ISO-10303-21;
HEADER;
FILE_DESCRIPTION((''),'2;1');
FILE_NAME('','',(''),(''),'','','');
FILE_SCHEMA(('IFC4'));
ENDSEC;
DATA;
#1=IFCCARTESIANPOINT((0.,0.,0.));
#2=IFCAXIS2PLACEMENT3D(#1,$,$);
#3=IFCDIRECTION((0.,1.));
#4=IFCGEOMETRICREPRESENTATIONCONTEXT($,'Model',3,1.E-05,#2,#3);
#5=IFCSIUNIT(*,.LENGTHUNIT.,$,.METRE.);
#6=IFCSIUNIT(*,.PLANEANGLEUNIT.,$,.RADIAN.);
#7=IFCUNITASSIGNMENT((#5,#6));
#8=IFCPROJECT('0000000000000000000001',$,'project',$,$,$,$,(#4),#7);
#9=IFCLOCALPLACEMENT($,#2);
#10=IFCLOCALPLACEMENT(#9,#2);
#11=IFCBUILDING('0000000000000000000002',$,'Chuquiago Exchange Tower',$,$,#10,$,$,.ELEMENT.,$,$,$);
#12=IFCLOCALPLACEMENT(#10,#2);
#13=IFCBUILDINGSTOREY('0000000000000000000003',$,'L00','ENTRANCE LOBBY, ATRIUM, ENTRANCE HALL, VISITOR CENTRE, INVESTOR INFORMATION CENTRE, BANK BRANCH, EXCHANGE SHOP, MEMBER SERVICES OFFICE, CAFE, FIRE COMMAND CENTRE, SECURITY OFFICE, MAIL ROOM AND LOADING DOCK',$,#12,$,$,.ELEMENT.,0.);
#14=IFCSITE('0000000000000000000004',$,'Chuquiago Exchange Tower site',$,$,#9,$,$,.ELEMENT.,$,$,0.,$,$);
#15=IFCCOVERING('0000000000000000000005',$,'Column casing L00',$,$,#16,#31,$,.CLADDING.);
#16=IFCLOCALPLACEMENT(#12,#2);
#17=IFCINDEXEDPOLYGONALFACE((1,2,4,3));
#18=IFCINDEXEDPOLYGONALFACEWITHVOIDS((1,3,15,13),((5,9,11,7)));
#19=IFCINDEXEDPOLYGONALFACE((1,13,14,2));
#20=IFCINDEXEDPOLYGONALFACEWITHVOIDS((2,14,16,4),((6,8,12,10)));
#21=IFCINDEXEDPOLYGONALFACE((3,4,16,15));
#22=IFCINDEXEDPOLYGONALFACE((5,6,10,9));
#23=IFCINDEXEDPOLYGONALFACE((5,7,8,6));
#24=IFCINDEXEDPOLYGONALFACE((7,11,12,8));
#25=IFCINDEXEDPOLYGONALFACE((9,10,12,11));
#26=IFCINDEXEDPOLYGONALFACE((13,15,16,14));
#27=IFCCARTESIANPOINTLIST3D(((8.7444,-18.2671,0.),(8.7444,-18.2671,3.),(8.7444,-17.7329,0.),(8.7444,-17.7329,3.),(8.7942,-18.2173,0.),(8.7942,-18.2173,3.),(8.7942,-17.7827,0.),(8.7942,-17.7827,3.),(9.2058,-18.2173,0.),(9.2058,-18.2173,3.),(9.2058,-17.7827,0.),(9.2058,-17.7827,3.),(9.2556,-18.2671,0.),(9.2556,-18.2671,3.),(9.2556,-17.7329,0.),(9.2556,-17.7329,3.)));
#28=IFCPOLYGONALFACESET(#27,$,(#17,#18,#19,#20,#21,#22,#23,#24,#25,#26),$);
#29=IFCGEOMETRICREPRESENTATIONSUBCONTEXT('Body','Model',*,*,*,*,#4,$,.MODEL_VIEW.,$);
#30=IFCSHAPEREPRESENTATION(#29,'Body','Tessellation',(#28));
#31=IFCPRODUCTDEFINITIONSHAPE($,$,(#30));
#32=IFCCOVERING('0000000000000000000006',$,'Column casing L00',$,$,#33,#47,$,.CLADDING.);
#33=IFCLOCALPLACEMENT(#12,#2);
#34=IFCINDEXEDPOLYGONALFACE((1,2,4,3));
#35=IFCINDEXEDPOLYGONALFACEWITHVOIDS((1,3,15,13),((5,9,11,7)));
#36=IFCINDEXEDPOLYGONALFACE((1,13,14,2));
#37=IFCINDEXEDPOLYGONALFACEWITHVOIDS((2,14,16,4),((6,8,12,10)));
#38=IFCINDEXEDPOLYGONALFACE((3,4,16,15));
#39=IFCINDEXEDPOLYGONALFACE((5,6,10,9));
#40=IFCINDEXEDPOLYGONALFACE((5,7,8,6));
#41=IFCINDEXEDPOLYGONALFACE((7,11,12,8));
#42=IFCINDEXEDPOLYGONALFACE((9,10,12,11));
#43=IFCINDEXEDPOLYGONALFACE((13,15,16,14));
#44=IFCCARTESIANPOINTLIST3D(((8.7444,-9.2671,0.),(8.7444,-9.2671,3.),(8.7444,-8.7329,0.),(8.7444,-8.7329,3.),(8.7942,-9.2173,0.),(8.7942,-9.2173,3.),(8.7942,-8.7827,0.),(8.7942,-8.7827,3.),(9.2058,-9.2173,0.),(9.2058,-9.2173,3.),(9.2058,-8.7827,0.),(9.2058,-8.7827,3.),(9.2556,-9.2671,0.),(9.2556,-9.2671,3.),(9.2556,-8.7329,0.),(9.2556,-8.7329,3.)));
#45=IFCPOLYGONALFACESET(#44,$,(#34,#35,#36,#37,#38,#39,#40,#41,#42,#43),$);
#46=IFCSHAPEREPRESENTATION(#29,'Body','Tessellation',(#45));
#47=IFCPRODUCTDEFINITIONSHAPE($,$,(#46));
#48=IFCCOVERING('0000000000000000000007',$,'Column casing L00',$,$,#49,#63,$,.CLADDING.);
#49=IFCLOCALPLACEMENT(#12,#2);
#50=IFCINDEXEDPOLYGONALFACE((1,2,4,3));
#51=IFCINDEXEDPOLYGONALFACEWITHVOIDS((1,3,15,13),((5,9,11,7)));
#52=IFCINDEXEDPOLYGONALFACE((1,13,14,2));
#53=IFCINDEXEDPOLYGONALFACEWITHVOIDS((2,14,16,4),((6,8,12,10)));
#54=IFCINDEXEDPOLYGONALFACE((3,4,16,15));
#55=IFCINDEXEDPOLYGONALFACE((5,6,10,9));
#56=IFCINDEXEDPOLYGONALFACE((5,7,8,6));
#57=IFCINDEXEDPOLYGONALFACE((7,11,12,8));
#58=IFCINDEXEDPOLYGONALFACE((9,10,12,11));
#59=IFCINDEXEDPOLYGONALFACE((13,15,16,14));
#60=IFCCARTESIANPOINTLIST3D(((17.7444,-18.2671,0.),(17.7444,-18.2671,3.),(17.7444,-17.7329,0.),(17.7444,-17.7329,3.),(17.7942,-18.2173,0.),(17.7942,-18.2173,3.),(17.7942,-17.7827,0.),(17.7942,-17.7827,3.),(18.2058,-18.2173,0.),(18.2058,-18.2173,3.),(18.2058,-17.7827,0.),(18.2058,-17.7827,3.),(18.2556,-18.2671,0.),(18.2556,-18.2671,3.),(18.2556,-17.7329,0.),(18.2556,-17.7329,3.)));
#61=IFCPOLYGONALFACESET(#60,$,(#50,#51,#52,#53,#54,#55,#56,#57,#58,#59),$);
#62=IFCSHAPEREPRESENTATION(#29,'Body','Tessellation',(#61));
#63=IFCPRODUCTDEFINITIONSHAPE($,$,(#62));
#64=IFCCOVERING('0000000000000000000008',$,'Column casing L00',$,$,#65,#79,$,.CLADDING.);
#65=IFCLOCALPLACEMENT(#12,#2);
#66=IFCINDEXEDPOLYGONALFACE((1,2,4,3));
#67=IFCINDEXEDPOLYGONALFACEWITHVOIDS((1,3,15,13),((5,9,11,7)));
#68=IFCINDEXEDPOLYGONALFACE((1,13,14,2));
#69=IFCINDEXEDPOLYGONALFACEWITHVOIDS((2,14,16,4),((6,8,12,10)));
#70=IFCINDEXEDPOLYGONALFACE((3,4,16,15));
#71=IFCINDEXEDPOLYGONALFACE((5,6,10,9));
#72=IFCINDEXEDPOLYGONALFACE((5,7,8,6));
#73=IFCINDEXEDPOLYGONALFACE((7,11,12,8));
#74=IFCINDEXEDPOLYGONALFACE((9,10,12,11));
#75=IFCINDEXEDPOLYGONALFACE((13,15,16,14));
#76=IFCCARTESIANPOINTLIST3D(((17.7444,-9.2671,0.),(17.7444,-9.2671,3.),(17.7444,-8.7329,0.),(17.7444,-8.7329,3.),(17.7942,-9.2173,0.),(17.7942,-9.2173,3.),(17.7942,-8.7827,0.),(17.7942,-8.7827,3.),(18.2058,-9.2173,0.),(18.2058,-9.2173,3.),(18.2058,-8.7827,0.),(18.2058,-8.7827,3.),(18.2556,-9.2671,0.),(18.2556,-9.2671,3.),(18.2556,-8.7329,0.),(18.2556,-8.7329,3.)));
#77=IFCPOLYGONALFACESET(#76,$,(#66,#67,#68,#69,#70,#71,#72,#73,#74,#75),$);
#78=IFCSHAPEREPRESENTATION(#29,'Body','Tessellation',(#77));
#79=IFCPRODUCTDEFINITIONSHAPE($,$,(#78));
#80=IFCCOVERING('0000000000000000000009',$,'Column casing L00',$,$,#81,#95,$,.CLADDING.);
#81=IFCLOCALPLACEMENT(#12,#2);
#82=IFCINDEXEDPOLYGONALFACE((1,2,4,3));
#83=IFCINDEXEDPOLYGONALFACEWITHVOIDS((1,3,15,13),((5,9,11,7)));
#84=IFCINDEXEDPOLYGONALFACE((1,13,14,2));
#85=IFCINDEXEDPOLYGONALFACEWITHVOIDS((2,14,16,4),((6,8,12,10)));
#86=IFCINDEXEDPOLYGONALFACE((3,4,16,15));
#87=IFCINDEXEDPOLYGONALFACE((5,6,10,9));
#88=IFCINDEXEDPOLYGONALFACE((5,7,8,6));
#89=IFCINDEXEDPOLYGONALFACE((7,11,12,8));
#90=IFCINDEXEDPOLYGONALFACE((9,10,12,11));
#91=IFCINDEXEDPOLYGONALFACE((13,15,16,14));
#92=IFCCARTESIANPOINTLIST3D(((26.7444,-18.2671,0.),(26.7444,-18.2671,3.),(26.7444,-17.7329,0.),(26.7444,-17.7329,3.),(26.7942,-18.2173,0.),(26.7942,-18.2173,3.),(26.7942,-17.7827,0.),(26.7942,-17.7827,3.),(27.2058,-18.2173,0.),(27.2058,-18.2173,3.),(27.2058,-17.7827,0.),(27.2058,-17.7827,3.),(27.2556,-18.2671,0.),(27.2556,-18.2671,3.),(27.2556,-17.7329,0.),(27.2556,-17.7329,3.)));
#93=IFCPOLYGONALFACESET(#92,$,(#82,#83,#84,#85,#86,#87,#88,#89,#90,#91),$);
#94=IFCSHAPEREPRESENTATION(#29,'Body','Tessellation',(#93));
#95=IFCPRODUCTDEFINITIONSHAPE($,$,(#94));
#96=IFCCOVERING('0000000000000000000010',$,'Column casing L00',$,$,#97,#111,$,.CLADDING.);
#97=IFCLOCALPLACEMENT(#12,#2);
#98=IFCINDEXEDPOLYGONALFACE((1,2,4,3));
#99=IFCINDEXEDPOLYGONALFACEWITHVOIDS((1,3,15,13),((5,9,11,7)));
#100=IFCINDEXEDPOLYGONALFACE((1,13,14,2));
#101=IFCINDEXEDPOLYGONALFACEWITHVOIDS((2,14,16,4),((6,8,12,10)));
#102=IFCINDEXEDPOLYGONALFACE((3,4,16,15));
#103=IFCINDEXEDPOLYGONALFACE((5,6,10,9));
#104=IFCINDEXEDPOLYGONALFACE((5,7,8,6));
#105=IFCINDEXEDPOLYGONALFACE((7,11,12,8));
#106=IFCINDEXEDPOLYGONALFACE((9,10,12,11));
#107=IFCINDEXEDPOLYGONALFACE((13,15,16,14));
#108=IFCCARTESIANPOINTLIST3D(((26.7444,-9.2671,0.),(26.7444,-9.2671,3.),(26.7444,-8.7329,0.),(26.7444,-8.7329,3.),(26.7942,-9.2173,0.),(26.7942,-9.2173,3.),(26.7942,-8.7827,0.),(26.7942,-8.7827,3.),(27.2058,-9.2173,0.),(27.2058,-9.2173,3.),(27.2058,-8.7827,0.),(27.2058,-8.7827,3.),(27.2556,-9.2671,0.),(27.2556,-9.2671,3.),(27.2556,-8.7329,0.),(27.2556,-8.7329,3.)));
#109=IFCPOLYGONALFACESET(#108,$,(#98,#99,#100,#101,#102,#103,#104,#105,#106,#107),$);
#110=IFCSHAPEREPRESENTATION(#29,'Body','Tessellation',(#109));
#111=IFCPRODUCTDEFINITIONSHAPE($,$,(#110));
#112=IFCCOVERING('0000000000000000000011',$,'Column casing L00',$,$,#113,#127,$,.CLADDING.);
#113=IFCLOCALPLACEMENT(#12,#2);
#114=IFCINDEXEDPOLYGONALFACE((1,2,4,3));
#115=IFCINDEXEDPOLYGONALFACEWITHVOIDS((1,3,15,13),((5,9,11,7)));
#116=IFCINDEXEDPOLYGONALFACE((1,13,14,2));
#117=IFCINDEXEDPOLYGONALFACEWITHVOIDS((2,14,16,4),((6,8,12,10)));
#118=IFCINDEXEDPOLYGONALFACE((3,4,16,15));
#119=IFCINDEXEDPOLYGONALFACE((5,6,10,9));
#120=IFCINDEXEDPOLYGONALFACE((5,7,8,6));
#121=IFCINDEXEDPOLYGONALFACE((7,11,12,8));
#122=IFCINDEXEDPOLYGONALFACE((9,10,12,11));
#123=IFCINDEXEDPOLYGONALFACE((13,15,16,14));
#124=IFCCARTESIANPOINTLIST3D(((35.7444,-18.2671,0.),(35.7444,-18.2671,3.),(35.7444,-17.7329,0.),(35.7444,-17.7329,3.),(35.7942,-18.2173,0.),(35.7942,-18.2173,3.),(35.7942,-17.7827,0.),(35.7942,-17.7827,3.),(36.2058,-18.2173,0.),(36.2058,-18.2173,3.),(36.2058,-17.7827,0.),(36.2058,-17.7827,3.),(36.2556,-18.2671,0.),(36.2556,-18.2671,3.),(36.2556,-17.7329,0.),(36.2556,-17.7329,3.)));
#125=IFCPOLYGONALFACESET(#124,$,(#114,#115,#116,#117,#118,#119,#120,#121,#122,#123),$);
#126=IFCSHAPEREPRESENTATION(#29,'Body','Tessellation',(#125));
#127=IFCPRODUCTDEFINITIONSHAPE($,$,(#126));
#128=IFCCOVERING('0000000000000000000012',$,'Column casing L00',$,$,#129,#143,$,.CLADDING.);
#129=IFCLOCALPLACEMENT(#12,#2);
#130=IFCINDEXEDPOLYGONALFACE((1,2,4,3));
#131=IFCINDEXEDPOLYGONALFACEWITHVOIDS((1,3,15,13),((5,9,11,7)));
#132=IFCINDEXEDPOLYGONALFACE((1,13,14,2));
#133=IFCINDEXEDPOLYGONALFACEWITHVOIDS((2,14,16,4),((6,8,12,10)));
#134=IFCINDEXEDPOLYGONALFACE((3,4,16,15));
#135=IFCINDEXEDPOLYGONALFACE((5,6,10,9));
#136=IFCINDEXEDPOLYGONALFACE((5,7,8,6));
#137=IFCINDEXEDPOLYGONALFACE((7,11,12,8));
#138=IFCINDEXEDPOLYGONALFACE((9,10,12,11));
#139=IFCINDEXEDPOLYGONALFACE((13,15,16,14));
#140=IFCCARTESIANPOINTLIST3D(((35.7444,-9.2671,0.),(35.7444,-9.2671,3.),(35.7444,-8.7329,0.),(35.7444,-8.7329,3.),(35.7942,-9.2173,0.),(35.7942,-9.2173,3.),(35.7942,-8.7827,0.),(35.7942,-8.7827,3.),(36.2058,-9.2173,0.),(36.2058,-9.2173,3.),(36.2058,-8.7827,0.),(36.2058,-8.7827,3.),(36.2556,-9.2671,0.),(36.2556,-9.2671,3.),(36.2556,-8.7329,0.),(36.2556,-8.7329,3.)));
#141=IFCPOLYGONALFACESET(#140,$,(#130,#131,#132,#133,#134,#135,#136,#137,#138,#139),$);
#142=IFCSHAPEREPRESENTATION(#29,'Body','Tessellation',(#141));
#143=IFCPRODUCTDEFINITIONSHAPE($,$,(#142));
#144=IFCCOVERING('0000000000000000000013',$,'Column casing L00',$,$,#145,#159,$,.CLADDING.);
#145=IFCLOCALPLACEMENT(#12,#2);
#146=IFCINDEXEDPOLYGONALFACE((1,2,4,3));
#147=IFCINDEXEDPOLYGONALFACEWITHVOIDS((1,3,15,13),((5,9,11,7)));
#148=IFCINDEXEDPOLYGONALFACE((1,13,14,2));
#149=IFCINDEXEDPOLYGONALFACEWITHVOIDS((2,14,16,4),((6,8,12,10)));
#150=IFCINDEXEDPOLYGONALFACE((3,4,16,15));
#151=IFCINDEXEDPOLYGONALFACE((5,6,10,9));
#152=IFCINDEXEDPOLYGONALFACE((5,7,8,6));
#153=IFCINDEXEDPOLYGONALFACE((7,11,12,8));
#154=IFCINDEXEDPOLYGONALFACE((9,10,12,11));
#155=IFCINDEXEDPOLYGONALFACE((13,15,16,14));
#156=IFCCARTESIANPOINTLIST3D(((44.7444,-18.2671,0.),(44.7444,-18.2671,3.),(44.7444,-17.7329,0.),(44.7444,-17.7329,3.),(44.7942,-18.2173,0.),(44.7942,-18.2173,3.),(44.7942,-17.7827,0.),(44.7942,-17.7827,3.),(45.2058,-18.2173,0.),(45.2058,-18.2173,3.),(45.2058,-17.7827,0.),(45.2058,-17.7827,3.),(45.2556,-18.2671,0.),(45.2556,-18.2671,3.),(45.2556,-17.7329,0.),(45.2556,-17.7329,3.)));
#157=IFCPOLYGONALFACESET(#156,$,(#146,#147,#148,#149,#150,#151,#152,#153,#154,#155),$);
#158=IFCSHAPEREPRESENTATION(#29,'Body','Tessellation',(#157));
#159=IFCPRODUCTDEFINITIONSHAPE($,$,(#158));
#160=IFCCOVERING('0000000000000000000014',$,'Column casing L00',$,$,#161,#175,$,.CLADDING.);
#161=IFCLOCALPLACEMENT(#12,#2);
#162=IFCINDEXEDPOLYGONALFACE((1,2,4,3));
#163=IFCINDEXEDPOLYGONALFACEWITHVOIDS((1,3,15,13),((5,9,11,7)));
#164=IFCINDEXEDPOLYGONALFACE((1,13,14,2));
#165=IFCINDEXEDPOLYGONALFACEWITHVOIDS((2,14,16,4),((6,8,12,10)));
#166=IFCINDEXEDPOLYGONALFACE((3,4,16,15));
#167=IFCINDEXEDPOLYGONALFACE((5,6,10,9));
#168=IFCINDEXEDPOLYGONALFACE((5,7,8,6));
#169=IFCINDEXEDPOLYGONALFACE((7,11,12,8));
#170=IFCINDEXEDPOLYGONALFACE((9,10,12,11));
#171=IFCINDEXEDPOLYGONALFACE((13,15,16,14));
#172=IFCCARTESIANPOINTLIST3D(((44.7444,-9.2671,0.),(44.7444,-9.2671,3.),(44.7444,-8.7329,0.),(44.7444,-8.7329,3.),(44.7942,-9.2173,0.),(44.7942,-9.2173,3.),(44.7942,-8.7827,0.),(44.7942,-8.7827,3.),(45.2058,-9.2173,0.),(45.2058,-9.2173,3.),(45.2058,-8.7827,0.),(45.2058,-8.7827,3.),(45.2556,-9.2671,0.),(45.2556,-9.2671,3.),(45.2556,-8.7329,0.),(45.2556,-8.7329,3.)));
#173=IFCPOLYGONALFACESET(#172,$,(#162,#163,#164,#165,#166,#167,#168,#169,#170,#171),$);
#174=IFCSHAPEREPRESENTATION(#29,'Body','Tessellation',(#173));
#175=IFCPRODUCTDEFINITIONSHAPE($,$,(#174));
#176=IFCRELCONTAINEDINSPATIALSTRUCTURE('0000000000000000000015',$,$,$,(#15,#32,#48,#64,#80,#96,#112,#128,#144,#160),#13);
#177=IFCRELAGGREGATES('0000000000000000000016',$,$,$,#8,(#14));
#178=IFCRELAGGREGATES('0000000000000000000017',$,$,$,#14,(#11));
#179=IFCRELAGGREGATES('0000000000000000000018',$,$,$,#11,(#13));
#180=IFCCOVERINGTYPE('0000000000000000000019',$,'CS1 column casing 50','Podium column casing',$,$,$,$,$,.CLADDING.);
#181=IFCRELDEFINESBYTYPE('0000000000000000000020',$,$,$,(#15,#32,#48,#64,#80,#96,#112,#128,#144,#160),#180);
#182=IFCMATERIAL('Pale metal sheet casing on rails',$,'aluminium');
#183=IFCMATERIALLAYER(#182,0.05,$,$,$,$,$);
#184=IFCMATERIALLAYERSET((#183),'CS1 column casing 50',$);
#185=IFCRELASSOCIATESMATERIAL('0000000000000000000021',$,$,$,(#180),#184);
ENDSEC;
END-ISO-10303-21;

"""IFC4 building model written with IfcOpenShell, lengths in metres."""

from ifc_helpers import new_model, si_unit, direction, origin, place, context, subcontext, project, spatial, polyline, outline, extrude, material, layer, layer_set, type_object, element, save


model = new_model("IFC4")

# Units and contexts
model_context = context("Model", 3, precision=1e-05, world=origin(), true_north=direction((0.0, 1.0)))
body_context = subcontext(model_context, "Body", "Model", "MODEL_VIEW")
ifc_project = project(units=[si_unit("LENGTHUNIT", "METRE"), si_unit("PLANEANGLEUNIT", "RADIAN")], contexts=[model_context])

# Site, building, storey
site_placement = place(None, origin())
site = spatial("IfcSite", under=ifc_project, at=site_placement, Name="Chuquiago Exchange Tower site", CompositionType="ELEMENT", RefElevation=0.0)
building_placement = place(site_placement, origin())
building = spatial("IfcBuilding", under=site, at=building_placement, Name="Chuquiago Exchange Tower", CompositionType="ELEMENT")
storey_placement = place(building_placement, origin())
storey = spatial("IfcBuildingStorey", under=building, at=storey_placement, Name="L00", Description="ENTRANCE LOBBY, ATRIUM, ENTRANCE HALL, VISITOR CENTRE, INVESTOR INFORMATION CENTRE, BANK BRANCH, EXCHANGE SHOP, MEMBER SERVICES OFFICE, CAFE, FIRE COMMAND CENTRE, SECURITY OFFICE, MAIL ROOM AND LOADING DOCK", CompositionType="ELEMENT", Elevation=0.0)

# Coverings
ifc_material_1 = material(Name="Pale metal sheet casing on rails", Category="aluminium")
ifc_layer_1 = layer(ifc_material_1, 0.05)
ifc_layer_set_1 = layer_set([ifc_layer_1], Name="CS1 column casing 50")
covering_type = type_object("IfcCoveringType", Name="CS1 column casing 50", Description="Podium column casing", PredefinedType="CLADDING", material=ifc_layer_set_1)
covering_1_placement = place(storey_placement, origin())
element("IfcCovering", 1, at=covering_1_placement, inside=storey, type_object=covering_type, Name="Column casing L00", PredefinedType="CLADDING", context=body_context, shape_type="SweptSolid", body=[
    extrude(outline(polyline([(8.7444, -18.2671), (9.2556, -18.2671), (9.2556, -17.7329), (8.7444, -17.7329), (8.7444, -18.2671)]), holes=[polyline([(8.7942, -18.2173), (8.7942, -17.7827), (9.2058, -17.7827), (9.2058, -18.2173), (8.7942, -18.2173)])]), origin(), (0.0, 0.0, 1.0), 3.0),
])
covering_2_placement = place(storey_placement, origin())
element("IfcCovering", 2, at=covering_2_placement, inside=storey, type_object=covering_type, Name="Column casing L00", PredefinedType="CLADDING", context=body_context, shape_type="SweptSolid", body=[
    extrude(outline(polyline([(8.7444, -9.2671), (9.2556, -9.2671), (9.2556, -8.7329), (8.7444, -8.7329), (8.7444, -9.2671)]), holes=[polyline([(8.7942, -9.2173), (8.7942, -8.7827), (9.2058, -8.7827), (9.2058, -9.2173), (8.7942, -9.2173)])]), origin(), (0.0, 0.0, 1.0), 3.0),
])
covering_3_placement = place(storey_placement, origin())
element("IfcCovering", 3, at=covering_3_placement, inside=storey, type_object=covering_type, Name="Column casing L00", PredefinedType="CLADDING", context=body_context, shape_type="SweptSolid", body=[
    extrude(outline(polyline([(17.7444, -18.2671), (18.2556, -18.2671), (18.2556, -17.7329), (17.7444, -17.7329), (17.7444, -18.2671)]), holes=[polyline([(17.7942, -18.2173), (17.7942, -17.7827), (18.2058, -17.7827), (18.2058, -18.2173), (17.7942, -18.2173)])]), origin(), (0.0, 0.0, 1.0), 3.0),
])
covering_4_placement = place(storey_placement, origin())
element("IfcCovering", 4, at=covering_4_placement, inside=storey, type_object=covering_type, Name="Column casing L00", PredefinedType="CLADDING", context=body_context, shape_type="SweptSolid", body=[
    extrude(outline(polyline([(17.7444, -9.2671), (18.2556, -9.2671), (18.2556, -8.7329), (17.7444, -8.7329), (17.7444, -9.2671)]), holes=[polyline([(17.7942, -9.2173), (17.7942, -8.7827), (18.2058, -8.7827), (18.2058, -9.2173), (17.7942, -9.2173)])]), origin(), (0.0, 0.0, 1.0), 3.0),
])
covering_5_placement = place(storey_placement, origin())
element("IfcCovering", 5, at=covering_5_placement, inside=storey, type_object=covering_type, Name="Column casing L00", PredefinedType="CLADDING", context=body_context, shape_type="SweptSolid", body=[
    extrude(outline(polyline([(26.7444, -18.2671), (27.2556, -18.2671), (27.2556, -17.7329), (26.7444, -17.7329), (26.7444, -18.2671)]), holes=[polyline([(26.7942, -18.2173), (26.7942, -17.7827), (27.2058, -17.7827), (27.2058, -18.2173), (26.7942, -18.2173)])]), origin(), (0.0, 0.0, 1.0), 3.0),
])
covering_6_placement = place(storey_placement, origin())
element("IfcCovering", 6, at=covering_6_placement, inside=storey, type_object=covering_type, Name="Column casing L00", PredefinedType="CLADDING", context=body_context, shape_type="SweptSolid", body=[
    extrude(outline(polyline([(26.7444, -9.2671), (27.2556, -9.2671), (27.2556, -8.7329), (26.7444, -8.7329), (26.7444, -9.2671)]), holes=[polyline([(26.7942, -9.2173), (26.7942, -8.7827), (27.2058, -8.7827), (27.2058, -9.2173), (26.7942, -9.2173)])]), origin(), (0.0, 0.0, 1.0), 3.0),
])
covering_7_placement = place(storey_placement, origin())
element("IfcCovering", 7, at=covering_7_placement, inside=storey, type_object=covering_type, Name="Column casing L00", PredefinedType="CLADDING", context=body_context, shape_type="SweptSolid", body=[
    extrude(outline(polyline([(35.7444, -18.2671), (36.2556, -18.2671), (36.2556, -17.7329), (35.7444, -17.7329), (35.7444, -18.2671)]), holes=[polyline([(35.7942, -18.2173), (35.7942, -17.7827), (36.2058, -17.7827), (36.2058, -18.2173), (35.7942, -18.2173)])]), origin(), (0.0, 0.0, 1.0), 3.0),
])
covering_8_placement = place(storey_placement, origin())
element("IfcCovering", 8, at=covering_8_placement, inside=storey, type_object=covering_type, Name="Column casing L00", PredefinedType="CLADDING", context=body_context, shape_type="SweptSolid", body=[
    extrude(outline(polyline([(35.7444, -9.2671), (36.2556, -9.2671), (36.2556, -8.7329), (35.7444, -8.7329), (35.7444, -9.2671)]), holes=[polyline([(35.7942, -9.2173), (35.7942, -8.7827), (36.2058, -8.7827), (36.2058, -9.2173), (35.7942, -9.2173)])]), origin(), (0.0, 0.0, 1.0), 3.0),
])
covering_9_placement = place(storey_placement, origin())
element("IfcCovering", 9, at=covering_9_placement, inside=storey, type_object=covering_type, Name="Column casing L00", PredefinedType="CLADDING", context=body_context, shape_type="SweptSolid", body=[
    extrude(outline(polyline([(44.7444, -18.2671), (45.2556, -18.2671), (45.2556, -17.7329), (44.7444, -17.7329), (44.7444, -18.2671)]), holes=[polyline([(44.7942, -18.2173), (44.7942, -17.7827), (45.2058, -17.7827), (45.2058, -18.2173), (44.7942, -18.2173)])]), origin(), (0.0, 0.0, 1.0), 3.0),
])
covering_10_placement = place(storey_placement, origin())
element("IfcCovering", 10, at=covering_10_placement, inside=storey, type_object=covering_type, Name="Column casing L00", PredefinedType="CLADDING", context=body_context, shape_type="SweptSolid", body=[
    extrude(outline(polyline([(44.7444, -9.2671), (45.2556, -9.2671), (45.2556, -8.7329), (44.7444, -8.7329), (44.7444, -9.2671)]), holes=[polyline([(44.7942, -9.2173), (44.7942, -8.7827), (45.2058, -8.7827), (45.2058, -9.2173), (44.7942, -9.2173)])]), origin(), (0.0, 0.0, 1.0), 3.0),
])

save(model, "model.ifc")
